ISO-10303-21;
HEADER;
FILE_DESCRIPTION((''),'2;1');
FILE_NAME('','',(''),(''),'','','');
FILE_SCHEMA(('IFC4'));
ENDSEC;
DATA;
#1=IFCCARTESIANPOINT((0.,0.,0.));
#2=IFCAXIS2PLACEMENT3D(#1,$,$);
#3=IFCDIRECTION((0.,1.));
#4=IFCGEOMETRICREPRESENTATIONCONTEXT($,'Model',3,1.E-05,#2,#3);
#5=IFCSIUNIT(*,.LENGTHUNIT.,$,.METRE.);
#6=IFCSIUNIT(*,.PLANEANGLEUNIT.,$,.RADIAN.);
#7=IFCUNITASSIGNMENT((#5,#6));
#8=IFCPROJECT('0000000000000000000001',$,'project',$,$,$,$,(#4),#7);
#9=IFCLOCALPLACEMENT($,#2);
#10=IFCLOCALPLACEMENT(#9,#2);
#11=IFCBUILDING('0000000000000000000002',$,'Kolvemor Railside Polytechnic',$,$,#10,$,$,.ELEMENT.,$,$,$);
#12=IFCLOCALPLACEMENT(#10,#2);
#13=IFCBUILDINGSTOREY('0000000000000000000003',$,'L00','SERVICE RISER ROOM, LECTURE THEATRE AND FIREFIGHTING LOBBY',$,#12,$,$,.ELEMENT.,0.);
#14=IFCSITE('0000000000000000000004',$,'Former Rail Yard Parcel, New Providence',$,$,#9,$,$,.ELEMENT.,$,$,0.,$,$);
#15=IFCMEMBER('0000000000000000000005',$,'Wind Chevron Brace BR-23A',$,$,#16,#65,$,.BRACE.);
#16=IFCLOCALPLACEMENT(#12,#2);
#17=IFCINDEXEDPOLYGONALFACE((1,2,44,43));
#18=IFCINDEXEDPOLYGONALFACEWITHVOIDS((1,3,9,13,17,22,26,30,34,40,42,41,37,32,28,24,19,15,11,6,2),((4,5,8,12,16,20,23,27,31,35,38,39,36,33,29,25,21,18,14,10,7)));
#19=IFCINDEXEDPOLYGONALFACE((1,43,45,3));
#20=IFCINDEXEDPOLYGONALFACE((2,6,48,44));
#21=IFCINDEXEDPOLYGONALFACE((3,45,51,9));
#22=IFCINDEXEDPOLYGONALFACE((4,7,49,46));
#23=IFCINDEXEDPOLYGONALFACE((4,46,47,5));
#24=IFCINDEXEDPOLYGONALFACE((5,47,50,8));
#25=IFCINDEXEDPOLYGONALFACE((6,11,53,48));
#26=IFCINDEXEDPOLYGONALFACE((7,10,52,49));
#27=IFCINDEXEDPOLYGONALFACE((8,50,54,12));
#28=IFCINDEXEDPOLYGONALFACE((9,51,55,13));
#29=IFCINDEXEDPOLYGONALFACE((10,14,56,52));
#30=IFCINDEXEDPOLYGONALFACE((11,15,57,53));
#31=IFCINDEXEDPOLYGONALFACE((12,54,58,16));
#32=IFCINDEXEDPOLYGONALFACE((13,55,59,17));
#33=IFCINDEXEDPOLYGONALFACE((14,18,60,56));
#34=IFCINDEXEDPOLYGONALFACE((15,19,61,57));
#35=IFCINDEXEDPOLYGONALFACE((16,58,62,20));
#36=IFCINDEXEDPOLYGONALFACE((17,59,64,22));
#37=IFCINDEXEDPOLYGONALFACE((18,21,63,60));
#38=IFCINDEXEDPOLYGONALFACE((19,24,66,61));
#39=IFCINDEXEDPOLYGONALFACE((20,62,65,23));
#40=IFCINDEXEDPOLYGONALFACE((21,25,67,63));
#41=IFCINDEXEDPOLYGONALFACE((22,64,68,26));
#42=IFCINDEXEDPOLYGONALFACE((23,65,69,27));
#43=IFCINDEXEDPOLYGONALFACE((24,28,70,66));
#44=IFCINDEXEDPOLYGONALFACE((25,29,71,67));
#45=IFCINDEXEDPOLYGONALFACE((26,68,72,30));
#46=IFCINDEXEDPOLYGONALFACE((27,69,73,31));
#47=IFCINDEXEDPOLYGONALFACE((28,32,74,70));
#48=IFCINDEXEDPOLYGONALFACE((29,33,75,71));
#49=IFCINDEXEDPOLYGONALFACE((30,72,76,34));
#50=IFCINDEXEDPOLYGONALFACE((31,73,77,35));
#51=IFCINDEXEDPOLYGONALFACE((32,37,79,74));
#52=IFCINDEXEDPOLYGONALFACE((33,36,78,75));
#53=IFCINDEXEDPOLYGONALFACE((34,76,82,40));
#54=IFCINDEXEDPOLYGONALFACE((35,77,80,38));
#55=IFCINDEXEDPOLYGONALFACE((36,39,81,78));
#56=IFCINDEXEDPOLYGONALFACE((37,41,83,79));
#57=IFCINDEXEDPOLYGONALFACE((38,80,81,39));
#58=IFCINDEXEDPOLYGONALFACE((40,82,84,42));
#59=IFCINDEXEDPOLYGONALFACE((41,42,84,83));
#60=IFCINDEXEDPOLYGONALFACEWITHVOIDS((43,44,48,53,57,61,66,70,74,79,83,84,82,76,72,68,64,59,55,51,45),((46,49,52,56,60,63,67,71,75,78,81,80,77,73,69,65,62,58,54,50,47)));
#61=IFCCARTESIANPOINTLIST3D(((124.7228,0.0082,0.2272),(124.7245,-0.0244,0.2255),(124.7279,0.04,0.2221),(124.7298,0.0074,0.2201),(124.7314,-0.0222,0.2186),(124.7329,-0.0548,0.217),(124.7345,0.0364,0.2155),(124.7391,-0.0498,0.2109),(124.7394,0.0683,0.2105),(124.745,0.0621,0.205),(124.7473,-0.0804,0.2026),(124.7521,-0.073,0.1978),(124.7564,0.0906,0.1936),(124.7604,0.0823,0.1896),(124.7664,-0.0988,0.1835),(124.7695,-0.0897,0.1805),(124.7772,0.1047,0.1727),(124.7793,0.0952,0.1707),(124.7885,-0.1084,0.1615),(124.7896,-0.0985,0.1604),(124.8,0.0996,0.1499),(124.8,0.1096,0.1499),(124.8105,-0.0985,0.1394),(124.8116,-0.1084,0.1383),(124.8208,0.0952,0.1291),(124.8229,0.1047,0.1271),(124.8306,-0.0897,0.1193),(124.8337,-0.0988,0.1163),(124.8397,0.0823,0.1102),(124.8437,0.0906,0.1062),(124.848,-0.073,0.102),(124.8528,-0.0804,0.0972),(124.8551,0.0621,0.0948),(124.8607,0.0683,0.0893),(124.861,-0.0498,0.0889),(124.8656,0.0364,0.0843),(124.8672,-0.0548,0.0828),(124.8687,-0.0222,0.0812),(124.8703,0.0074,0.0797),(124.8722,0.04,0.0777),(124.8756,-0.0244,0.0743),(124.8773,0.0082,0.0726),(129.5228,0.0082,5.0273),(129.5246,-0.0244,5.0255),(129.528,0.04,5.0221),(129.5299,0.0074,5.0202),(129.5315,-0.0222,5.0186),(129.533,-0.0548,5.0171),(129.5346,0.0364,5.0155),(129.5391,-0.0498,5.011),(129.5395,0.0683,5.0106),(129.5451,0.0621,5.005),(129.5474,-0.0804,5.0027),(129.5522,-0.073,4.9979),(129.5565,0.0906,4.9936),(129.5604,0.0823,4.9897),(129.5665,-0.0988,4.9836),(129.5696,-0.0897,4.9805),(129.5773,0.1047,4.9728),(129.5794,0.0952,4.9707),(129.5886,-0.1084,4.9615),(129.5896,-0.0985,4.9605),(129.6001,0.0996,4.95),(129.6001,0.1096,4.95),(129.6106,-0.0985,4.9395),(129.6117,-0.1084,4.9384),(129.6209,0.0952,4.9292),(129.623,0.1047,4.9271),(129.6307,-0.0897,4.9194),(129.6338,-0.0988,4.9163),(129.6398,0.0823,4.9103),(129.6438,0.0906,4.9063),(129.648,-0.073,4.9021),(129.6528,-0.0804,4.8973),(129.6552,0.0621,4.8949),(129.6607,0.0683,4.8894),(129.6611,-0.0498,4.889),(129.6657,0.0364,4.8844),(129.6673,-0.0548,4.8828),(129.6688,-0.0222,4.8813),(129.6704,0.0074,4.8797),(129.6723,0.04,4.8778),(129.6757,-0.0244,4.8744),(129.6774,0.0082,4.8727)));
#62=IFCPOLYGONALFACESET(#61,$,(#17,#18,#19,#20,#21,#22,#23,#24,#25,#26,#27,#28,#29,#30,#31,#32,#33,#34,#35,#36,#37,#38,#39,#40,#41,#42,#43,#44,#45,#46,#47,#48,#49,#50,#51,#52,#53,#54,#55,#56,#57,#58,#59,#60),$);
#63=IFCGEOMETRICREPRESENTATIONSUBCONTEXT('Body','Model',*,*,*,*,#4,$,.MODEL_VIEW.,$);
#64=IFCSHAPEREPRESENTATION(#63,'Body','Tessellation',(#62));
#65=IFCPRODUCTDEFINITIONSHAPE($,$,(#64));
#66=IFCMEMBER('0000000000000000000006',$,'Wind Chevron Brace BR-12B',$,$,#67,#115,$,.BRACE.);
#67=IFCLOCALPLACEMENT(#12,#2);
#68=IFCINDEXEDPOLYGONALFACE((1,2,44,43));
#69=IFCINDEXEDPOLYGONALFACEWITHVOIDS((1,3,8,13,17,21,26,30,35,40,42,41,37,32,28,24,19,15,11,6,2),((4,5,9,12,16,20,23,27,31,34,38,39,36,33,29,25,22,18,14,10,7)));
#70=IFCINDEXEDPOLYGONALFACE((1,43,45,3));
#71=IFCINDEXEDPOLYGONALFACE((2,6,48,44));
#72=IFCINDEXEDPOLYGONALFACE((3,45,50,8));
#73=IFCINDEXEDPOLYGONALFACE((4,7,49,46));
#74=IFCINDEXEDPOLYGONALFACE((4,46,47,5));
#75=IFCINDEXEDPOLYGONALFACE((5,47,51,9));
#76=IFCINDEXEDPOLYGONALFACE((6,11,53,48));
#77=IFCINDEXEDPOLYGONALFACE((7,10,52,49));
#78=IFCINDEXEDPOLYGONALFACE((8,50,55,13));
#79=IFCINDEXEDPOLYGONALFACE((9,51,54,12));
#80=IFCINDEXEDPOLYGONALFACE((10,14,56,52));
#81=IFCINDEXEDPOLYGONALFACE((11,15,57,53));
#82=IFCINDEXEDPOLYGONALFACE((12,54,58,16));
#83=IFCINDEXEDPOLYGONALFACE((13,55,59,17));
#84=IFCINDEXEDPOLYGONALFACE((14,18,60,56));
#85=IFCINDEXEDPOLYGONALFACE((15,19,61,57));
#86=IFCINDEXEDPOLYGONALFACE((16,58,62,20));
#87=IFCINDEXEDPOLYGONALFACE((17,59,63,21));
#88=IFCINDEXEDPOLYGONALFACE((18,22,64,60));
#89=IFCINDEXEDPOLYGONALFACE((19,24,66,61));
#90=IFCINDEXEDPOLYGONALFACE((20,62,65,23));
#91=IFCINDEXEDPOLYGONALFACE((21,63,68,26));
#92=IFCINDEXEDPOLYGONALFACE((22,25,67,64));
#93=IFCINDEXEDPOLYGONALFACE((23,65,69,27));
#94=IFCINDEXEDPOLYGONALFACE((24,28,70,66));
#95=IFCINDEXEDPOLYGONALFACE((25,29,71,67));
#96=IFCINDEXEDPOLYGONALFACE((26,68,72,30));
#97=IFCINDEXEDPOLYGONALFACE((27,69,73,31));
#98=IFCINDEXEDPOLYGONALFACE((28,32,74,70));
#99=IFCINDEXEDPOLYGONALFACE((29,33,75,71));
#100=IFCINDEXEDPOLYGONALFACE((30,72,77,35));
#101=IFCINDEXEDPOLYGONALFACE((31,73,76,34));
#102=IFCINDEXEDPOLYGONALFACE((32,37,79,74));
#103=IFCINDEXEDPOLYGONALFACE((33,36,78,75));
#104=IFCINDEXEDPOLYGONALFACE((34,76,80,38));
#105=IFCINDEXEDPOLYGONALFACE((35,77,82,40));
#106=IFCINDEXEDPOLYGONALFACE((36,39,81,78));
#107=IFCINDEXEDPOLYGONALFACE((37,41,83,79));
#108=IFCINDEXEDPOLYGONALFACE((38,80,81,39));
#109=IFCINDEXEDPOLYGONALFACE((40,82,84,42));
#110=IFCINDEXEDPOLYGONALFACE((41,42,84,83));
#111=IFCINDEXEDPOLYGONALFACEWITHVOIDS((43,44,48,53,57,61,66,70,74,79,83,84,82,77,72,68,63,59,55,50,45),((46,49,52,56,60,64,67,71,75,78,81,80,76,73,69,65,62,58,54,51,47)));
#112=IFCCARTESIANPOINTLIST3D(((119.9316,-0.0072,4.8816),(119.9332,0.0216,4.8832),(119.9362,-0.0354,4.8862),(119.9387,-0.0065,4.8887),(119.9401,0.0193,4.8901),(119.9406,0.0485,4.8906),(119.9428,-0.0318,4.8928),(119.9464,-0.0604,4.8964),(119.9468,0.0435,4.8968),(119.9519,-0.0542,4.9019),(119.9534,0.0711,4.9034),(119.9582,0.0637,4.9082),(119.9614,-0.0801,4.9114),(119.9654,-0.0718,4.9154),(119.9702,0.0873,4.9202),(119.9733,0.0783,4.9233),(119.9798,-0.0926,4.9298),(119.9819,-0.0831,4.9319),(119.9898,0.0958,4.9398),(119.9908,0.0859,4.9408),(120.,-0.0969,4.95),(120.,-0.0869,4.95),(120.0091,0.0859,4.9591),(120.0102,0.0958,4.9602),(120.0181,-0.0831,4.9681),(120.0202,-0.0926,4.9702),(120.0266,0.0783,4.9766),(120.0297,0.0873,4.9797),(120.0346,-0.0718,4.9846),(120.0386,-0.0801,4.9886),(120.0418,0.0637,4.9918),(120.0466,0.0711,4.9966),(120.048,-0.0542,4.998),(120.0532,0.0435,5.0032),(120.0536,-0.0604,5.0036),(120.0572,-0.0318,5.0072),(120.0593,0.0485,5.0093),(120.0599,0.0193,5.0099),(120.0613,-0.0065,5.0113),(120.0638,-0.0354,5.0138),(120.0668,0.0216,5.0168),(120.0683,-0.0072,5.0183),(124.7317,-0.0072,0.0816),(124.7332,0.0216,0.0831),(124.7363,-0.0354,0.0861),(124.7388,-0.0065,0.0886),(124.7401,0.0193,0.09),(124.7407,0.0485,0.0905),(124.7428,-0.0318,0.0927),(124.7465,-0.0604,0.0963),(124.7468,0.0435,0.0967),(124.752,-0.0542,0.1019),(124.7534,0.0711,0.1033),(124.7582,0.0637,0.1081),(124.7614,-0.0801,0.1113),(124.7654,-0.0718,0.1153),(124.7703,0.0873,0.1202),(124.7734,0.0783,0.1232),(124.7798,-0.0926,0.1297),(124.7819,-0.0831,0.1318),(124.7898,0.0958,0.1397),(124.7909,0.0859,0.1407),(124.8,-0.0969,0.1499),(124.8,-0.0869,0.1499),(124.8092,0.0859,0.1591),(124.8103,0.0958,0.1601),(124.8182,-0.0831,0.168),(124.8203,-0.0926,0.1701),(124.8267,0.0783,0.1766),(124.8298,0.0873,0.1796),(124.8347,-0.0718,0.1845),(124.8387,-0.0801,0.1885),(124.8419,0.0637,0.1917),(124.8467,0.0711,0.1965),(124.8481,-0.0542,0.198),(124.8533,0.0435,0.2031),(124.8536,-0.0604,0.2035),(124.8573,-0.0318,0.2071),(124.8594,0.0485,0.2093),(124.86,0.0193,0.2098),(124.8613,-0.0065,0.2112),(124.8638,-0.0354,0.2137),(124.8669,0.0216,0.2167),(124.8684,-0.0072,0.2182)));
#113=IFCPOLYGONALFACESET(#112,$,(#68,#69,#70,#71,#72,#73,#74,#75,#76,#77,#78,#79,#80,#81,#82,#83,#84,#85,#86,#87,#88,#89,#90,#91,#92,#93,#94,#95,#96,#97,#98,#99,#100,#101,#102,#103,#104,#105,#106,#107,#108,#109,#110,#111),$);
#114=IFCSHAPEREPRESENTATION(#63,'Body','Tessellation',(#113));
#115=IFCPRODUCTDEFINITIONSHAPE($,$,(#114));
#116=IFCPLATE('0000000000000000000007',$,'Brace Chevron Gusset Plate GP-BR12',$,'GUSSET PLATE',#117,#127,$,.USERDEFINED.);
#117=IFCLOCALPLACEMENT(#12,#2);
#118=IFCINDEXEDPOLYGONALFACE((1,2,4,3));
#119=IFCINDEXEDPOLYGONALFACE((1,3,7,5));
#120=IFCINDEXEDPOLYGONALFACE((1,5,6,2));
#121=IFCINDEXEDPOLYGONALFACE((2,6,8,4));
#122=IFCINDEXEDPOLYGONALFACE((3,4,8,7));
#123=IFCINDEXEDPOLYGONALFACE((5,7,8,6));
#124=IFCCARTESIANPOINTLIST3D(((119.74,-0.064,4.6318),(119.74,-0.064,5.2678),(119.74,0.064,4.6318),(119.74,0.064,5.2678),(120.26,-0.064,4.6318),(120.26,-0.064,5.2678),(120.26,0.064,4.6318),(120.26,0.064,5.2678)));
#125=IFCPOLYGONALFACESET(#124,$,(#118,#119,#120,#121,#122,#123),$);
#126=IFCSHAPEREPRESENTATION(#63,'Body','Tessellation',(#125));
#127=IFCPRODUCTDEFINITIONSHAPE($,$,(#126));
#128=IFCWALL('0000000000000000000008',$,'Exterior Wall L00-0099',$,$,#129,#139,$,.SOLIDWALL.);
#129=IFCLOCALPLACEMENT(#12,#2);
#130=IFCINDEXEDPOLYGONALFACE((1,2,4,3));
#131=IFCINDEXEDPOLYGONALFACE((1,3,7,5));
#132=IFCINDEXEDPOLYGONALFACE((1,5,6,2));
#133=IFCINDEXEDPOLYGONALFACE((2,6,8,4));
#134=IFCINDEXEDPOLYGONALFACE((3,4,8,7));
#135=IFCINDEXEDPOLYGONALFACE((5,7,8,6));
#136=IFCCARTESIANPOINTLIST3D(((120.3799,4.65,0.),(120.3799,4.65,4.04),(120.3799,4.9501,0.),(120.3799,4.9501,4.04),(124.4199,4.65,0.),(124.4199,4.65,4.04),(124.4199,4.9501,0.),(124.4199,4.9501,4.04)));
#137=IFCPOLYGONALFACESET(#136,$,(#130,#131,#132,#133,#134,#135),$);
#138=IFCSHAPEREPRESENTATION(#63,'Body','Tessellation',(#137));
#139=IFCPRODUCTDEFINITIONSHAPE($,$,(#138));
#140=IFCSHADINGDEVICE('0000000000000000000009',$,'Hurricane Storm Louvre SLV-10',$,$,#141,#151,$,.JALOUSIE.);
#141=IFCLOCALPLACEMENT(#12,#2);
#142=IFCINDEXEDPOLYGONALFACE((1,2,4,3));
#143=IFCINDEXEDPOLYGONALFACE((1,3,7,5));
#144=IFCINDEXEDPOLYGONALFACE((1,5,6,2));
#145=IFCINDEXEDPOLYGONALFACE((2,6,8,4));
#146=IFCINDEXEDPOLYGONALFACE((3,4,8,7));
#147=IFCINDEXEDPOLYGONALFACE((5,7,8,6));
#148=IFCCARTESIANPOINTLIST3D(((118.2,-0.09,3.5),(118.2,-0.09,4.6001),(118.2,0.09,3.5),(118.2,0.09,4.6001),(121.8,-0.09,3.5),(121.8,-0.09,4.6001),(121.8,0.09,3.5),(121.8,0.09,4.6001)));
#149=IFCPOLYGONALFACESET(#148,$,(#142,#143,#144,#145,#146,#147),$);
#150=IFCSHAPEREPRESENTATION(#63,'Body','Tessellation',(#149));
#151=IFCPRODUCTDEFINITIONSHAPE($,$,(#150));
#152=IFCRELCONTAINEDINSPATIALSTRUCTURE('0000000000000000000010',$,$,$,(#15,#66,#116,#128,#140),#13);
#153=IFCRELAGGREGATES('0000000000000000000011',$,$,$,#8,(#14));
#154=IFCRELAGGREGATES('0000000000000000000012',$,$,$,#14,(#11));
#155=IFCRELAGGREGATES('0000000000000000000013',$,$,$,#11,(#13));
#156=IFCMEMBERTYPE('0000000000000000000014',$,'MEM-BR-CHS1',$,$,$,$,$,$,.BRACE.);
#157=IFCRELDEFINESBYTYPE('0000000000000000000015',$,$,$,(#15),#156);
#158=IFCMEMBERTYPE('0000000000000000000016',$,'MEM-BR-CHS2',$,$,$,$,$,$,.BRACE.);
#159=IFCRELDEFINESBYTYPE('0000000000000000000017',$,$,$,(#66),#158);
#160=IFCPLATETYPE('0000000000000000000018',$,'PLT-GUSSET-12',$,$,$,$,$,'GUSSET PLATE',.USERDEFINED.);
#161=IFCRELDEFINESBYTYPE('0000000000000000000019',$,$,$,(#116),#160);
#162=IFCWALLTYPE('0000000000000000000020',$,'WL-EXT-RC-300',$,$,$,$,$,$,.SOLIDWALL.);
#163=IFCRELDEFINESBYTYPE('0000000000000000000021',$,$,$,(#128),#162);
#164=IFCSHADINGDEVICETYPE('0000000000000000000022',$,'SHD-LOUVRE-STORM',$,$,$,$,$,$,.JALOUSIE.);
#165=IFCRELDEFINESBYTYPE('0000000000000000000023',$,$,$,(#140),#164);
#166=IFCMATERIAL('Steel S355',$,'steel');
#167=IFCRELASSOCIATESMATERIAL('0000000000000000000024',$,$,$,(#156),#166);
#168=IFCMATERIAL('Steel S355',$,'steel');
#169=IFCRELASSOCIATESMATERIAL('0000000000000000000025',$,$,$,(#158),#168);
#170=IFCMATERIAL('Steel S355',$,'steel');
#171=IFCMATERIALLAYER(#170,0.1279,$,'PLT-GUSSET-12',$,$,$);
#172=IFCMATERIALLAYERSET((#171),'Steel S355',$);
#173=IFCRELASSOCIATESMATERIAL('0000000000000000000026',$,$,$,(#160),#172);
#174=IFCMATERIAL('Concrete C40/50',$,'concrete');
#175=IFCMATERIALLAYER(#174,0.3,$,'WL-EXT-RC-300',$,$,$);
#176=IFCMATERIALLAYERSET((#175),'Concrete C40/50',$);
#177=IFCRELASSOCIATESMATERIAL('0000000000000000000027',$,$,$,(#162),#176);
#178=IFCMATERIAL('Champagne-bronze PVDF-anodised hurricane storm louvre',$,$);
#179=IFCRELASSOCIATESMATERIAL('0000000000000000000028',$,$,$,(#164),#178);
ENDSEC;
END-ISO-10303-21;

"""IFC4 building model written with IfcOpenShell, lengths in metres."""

from ifc_helpers import new_model, si_unit, direction, frame, frame_2d, origin, origin_2d, place, context, subcontext, project, spatial, rectangle, hollow_circle, extrude, material, layer, layer_set, material_profile, profile_set, type_object, element, save


model = new_model("IFC4")

# Units and contexts
model_context = context("Model", 3, precision=1e-05, world=origin(), true_north=direction((0.0, 1.0)))
body_context = subcontext(model_context, "Body", "Model", "MODEL_VIEW")
ifc_project = project(units=[si_unit("LENGTHUNIT", "METRE"), si_unit("PLANEANGLEUNIT", "RADIAN")], contexts=[model_context])

# Site, building, storey
site_placement = place(None, origin())
site = spatial("IfcSite", under=ifc_project, at=site_placement, Name="Former Rail Yard Parcel, New Providence", CompositionType="ELEMENT", RefElevation=0.0)
building_placement = place(site_placement, origin())
building = spatial("IfcBuilding", under=site, at=building_placement, Name="Kolvemor Railside Polytechnic", CompositionType="ELEMENT")
storey_placement = place(building_placement, origin())
storey = spatial("IfcBuildingStorey", under=building, at=storey_placement, Name="L00", Description="SERVICE RISER ROOM, LECTURE THEATRE AND FIREFIGHTING LOBBY", CompositionType="ELEMENT", Elevation=0.0)

# Members
ifc_material_1 = material(Name="Steel S355", Category="steel")
ifc_material_profile_1 = material_profile(ifc_material_1, hollow_circle(Radius=0.1096, WallThickness=0.01, at=origin_2d()), Name="CHS219.1x10")
ifc_profile_set_1 = profile_set([ifc_material_profile_1], Name="Steel S355")
member_type_1 = type_object("IfcMemberType", Name="MEM-BR-CHS1", PredefinedType="BRACE", material=ifc_profile_set_1)
member_1_placement = place(storey_placement, frame((124.8, 0.0, 0.1499), z_axis=(0.707107, 0.0, 0.707107), x_axis=(0.0, 1.0, 0.0)))
element("IfcMember", 1, at=member_1_placement, inside=storey, type_object=member_type_1, Name="Wind Chevron Brace BR-23A", PredefinedType="BRACE", context=body_context, shape_type="SweptSolid", body=[
    extrude(hollow_circle(Radius=0.1096, WallThickness=0.01, at=origin_2d()), origin(), (0.0, 0.0, 1.0), 6.7883),
])
ifc_material_2 = material(Name="Steel S355", Category="steel")
ifc_material_profile_2 = material_profile(ifc_material_2, hollow_circle(Radius=0.0969, WallThickness=0.01, at=origin_2d()), Name="CHS193.7x10")
ifc_profile_set_2 = profile_set([ifc_material_profile_2], Name="Steel S355")
member_type_2 = type_object("IfcMemberType", Name="MEM-BR-CHS2", PredefinedType="BRACE", material=ifc_profile_set_2)
member_2_placement = place(storey_placement, frame((124.8, 0.0, 0.1499), z_axis=(-0.707107, 0.0, 0.707107), x_axis=(0.0, -1.0, 0.0)))
element("IfcMember", 2, at=member_2_placement, inside=storey, type_object=member_type_2, Name="Wind Chevron Brace BR-12B", PredefinedType="BRACE", context=body_context, shape_type="SweptSolid", body=[
    extrude(hollow_circle(Radius=0.0969, WallThickness=0.01, at=origin_2d()), origin(), (0.0, 0.0, 1.0), 6.7883),
])

# Plate
ifc_material_3 = material(Name="Steel S355", Category="steel")
ifc_layer_1 = layer(ifc_material_3, 0.1279, Name="PLT-GUSSET-12")
ifc_layer_set_1 = layer_set([ifc_layer_1], Name="Steel S355")
plate_type = type_object("IfcPlateType", Name="PLT-GUSSET-12", ElementType="GUSSET PLATE", PredefinedType="USERDEFINED", material=ifc_layer_set_1)
plate_placement = place(storey_placement, frame((120.0, 0.0, 4.6318), z_axis=(0.0, 0.0, 1.0), x_axis=(1.0, 0.0, 0.0)))
element("IfcPlate", 3, at=plate_placement, inside=storey, type_object=plate_type, Name="Brace Chevron Gusset Plate GP-BR12", ObjectType="GUSSET PLATE", PredefinedType="USERDEFINED", context=body_context, shape_type="SweptSolid", body=[
    extrude(rectangle(XDim=0.52, YDim=0.1279, at=origin_2d()), origin(), (0.0, 0.0, 1.0), 0.636),
])

# Wall
ifc_material_4 = material(Name="Concrete C40/50", Category="concrete")
ifc_layer_2 = layer(ifc_material_4, 0.3, Name="WL-EXT-RC-300")
ifc_layer_set_2 = layer_set([ifc_layer_2], Name="Concrete C40/50")
wall_type = type_object("IfcWallType", Name="WL-EXT-RC-300", PredefinedType="SOLIDWALL", material=ifc_layer_set_2)
wall_placement = place(storey_placement, frame((120.3799, 4.8, 0.0), z_axis=(0.0, 0.0, 1.0), x_axis=(1.0, 0.0, 0.0)))
element("IfcWall", 4, at=wall_placement, inside=storey, type_object=wall_type, Name="Exterior Wall L00-0099", PredefinedType="SOLIDWALL", context=body_context, shape_type="SweptSolid", body=[
    extrude(rectangle(XDim=4.04, YDim=0.3, at=frame_2d((2.02, 0.0))), origin(), (0.0, 0.0, 1.0), 4.04),
])

# Shading device
ifc_material_5 = material(Name="Champagne-bronze PVDF-anodised hurricane storm louvre")
shading_device_type = type_object("IfcShadingDeviceType", Name="SHD-LOUVRE-STORM", PredefinedType="JALOUSIE", material=ifc_material_5)
shading_device_placement = place(storey_placement, frame((120.0, 0.0, 3.5), z_axis=(0.0, 0.0, 1.0), x_axis=(1.0, 0.0, 0.0)))
element("IfcShadingDevice", 5, at=shading_device_placement, inside=storey, type_object=shading_device_type, Name="Hurricane Storm Louvre SLV-10", PredefinedType="JALOUSIE", context=body_context, shape_type="SweptSolid", body=[
    extrude(rectangle(XDim=3.6001, YDim=0.1799, at=origin_2d()), origin(), (0.0, 0.0, 1.0), 1.1001),
])

save(model, "model.ifc")
